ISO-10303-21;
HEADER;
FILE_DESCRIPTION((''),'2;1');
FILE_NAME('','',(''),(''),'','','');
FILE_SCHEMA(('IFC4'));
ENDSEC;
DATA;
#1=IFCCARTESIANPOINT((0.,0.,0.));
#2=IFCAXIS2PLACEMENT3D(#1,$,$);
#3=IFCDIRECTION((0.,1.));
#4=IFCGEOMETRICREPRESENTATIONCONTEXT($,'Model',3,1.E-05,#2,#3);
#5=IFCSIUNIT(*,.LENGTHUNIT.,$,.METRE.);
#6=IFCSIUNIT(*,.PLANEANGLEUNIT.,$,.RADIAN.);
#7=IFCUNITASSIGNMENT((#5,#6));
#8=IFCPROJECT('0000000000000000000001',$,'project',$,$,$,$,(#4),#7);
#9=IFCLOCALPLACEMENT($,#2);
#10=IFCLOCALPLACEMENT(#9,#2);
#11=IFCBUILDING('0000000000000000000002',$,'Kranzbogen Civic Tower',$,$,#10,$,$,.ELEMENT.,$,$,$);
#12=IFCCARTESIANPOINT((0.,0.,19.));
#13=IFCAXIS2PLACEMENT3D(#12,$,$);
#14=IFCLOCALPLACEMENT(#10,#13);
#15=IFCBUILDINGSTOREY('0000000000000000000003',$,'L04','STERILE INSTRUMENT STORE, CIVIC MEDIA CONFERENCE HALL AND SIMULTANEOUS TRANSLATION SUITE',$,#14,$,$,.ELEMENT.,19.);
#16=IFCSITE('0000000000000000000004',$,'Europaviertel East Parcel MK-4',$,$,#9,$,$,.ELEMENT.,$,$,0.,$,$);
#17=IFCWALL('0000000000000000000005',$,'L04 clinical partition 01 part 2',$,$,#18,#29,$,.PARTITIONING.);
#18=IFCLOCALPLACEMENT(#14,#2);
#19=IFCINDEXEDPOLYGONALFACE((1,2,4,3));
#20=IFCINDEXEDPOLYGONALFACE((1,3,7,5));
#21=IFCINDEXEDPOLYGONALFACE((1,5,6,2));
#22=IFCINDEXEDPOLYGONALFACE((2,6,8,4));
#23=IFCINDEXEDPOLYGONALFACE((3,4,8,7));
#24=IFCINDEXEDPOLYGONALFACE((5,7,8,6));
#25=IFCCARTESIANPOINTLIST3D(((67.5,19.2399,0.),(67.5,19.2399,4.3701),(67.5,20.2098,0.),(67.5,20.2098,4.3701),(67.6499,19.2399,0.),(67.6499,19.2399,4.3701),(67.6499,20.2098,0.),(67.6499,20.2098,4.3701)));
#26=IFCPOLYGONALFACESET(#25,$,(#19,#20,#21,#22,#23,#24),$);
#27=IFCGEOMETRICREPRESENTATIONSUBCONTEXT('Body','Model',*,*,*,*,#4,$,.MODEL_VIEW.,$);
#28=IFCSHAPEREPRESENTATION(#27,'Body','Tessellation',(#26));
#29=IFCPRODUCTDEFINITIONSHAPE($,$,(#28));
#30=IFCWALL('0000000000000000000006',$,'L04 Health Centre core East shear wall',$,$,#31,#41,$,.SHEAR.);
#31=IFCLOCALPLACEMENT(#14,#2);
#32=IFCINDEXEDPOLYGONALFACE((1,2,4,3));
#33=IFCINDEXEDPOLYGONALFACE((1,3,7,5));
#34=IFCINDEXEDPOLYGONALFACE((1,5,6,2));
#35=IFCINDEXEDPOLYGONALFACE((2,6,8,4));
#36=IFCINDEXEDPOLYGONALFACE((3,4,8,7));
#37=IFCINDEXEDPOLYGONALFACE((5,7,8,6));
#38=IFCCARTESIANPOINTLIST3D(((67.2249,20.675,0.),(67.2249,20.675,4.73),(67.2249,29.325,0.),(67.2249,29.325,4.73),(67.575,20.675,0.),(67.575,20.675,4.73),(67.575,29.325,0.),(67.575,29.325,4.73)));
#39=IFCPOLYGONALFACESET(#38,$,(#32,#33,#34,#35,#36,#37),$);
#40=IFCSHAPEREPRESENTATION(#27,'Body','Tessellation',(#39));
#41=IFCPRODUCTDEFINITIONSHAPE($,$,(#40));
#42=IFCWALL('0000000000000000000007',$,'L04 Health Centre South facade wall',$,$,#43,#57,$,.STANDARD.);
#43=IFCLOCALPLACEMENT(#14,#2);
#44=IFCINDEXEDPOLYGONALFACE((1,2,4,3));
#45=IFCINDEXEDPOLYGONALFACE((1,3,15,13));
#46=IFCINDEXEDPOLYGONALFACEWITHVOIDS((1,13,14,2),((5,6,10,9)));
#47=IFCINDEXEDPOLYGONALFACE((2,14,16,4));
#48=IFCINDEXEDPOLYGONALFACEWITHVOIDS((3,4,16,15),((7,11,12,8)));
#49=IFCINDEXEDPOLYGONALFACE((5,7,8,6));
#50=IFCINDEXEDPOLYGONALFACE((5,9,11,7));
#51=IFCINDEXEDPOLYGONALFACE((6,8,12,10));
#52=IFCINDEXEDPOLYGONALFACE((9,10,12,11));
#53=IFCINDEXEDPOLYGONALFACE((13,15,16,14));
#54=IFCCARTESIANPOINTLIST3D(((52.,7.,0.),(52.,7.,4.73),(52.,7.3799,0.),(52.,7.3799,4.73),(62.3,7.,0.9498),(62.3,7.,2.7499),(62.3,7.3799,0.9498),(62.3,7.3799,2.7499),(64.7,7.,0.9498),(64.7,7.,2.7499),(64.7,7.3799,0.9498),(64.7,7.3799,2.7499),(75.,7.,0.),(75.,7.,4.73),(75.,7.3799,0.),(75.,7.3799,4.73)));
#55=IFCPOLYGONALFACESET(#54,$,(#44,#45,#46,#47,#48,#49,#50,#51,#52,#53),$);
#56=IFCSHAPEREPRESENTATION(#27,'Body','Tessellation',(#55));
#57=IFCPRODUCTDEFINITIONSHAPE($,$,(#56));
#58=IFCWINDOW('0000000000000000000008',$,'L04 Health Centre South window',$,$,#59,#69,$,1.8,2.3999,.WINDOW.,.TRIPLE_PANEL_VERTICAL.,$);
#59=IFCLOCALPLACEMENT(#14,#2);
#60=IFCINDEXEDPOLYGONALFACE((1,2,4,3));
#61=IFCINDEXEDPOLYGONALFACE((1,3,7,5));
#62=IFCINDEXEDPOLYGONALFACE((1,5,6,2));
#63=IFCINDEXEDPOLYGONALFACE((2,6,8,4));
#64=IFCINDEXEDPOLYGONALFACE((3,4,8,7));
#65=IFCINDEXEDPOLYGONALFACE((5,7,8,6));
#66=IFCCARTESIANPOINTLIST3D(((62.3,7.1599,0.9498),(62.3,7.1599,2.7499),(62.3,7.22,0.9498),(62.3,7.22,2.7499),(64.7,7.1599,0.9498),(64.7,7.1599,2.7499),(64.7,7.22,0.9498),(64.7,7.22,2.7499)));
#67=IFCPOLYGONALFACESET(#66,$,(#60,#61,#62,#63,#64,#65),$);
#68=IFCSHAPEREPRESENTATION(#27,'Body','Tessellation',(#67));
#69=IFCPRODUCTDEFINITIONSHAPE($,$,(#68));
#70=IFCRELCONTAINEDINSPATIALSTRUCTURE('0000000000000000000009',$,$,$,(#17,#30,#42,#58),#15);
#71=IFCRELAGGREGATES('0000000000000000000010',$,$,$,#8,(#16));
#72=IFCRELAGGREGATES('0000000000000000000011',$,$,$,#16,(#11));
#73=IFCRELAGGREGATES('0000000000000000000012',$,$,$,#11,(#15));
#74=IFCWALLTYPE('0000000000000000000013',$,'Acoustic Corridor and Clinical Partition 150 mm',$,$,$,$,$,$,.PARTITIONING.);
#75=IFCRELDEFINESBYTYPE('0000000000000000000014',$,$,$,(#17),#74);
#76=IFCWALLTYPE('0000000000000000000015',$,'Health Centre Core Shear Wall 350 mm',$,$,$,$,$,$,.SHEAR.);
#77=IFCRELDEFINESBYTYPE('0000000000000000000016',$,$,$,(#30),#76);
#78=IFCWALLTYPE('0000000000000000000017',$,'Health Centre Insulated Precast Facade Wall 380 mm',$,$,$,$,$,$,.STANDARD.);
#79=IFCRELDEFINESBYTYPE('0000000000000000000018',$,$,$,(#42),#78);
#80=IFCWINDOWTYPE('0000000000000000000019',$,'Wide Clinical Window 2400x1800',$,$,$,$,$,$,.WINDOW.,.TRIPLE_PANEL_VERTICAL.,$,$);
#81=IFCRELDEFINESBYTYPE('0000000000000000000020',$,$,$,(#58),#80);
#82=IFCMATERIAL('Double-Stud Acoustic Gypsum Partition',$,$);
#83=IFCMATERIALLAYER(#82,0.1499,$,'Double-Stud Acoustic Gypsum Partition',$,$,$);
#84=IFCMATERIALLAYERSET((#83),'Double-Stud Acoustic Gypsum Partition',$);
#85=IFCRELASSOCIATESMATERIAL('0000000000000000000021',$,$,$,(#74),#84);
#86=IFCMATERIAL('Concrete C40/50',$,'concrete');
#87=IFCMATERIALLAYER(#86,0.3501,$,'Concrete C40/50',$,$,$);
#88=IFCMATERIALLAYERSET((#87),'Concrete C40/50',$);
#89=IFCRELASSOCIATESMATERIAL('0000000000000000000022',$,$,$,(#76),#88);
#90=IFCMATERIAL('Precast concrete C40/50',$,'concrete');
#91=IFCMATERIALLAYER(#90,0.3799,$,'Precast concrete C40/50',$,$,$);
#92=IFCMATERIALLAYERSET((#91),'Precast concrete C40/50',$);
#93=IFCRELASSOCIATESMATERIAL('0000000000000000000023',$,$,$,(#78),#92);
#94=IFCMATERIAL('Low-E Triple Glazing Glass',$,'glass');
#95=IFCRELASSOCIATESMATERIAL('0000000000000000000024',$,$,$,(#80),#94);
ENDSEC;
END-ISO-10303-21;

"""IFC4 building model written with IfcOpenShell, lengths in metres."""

from ifc_helpers import new_model, si_unit, direction, frame, frame_2d, origin, place, context, subcontext, project, spatial, rectangle, extrude, material, layer, layer_set, type_object, element, fill, save


model = new_model("IFC4")

# Units and contexts
model_context = context("Model", 3, precision=1e-05, world=origin(), true_north=direction((0.0, 1.0)))
body_context = subcontext(model_context, "Body", "Model", "MODEL_VIEW")
ifc_project = project(units=[si_unit("LENGTHUNIT", "METRE"), si_unit("PLANEANGLEUNIT", "RADIAN")], contexts=[model_context])

# Site, building, storey
site_placement = place(None, origin())
site = spatial("IfcSite", under=ifc_project, at=site_placement, Name="Europaviertel East Parcel MK-4", CompositionType="ELEMENT", RefElevation=0.0)
building_placement = place(site_placement, origin())
building = spatial("IfcBuilding", under=site, at=building_placement, Name="Kranzbogen Civic Tower", CompositionType="ELEMENT")
storey_placement = place(building_placement, frame((0.0, 0.0, 19.0)))
storey = spatial("IfcBuildingStorey", under=building, at=storey_placement, Name="L04", Description="STERILE INSTRUMENT STORE, CIVIC MEDIA CONFERENCE HALL AND SIMULTANEOUS TRANSLATION SUITE", CompositionType="ELEMENT", Elevation=19.0)

# Shared definitions
ifc_material_1 = material(Name="Concrete C40/50", Category="concrete")

# Walls
ifc_material_2 = material(Name="Double-Stud Acoustic Gypsum Partition")
ifc_layer_1 = layer(ifc_material_2, 0.1499, Name="Double-Stud Acoustic Gypsum Partition")
ifc_layer_set_1 = layer_set([ifc_layer_1], Name="Double-Stud Acoustic Gypsum Partition")
wall_type_1 = type_object("IfcWallType", Name="Acoustic Corridor and Clinical Partition 150 mm", PredefinedType="PARTITIONING", material=ifc_layer_set_1)
wall_1_placement = place(storey_placement, frame((67.575, 19.24, 0.0), z_axis=(0.0, 0.0, 1.0), x_axis=(0.0, 1.0, 0.0)))
element("IfcWall", 1, at=wall_1_placement, inside=storey, type_object=wall_type_1, Name="L04 clinical partition 01 part 2", PredefinedType="PARTITIONING", context=body_context, shape_type="SweptSolid", body=[
    extrude(rectangle(XDim=0.97, YDim=0.1499, at=frame_2d((0.4849, 0.0))), origin(), (0.0, 0.0, 1.0), 4.3701),
])
ifc_layer_2 = layer(ifc_material_1, 0.3501, Name="Concrete C40/50")
ifc_layer_set_2 = layer_set([ifc_layer_2], Name="Concrete C40/50")
wall_type_2 = type_object("IfcWallType", Name="Health Centre Core Shear Wall 350 mm", PredefinedType="SHEAR", material=ifc_layer_set_2)
wall_2_placement = place(storey_placement, frame((67.3999, 20.675, 0.0), z_axis=(0.0, 0.0, 1.0), x_axis=(0.0, 1.0, 0.0)))
element("IfcWall", 2, at=wall_2_placement, inside=storey, type_object=wall_type_2, Name="L04 Health Centre core East shear wall", PredefinedType="SHEAR", context=body_context, shape_type="SweptSolid", body=[
    extrude(rectangle(XDim=8.6499, YDim=0.3501, at=frame_2d((4.325, 0.0))), origin(), (0.0, 0.0, 1.0), 4.73),
])

# Wall, opening, window
ifc_material_3 = material(Name="Precast concrete C40/50", Category="concrete")
ifc_layer_3 = layer(ifc_material_3, 0.3799, Name="Precast concrete C40/50")
ifc_layer_set_3 = layer_set([ifc_layer_3], Name="Precast concrete C40/50")
wall_type_3 = type_object("IfcWallType", Name="Health Centre Insulated Precast Facade Wall 380 mm", PredefinedType="STANDARD", material=ifc_layer_set_3)
wall_3_placement = place(storey_placement, frame((75.0, 7.1899, 0.0), z_axis=(0.0, 0.0, 1.0), x_axis=(-1.0, 0.0, 0.0)))
wall_3 = element("IfcWall", 3, at=wall_3_placement, inside=storey, type_object=wall_type_3, Name="L04 Health Centre South facade wall", PredefinedType="STANDARD", context=body_context, shape_type="SweptSolid", body=[
    extrude(rectangle(XDim=23.0, YDim=0.3799, at=frame_2d((11.5, 0.0))), origin(), (0.0, 0.0, 1.0), 4.73),
])
opening_placement = place(wall_3_placement, frame((10.3, 0.0, 0.95)))
opening = element("IfcOpeningElement", 4, at=opening_placement, cuts=wall_3, PredefinedType="OPENING", context=body_context, shape_type="SweptSolid", body=[
    extrude(rectangle(XDim=2.3999, YDim=1.8, at=frame_2d((1.2, 0.8999))), frame((0.0, 0.2, 0.0), z_axis=(0.0, -1.0, 0.0), x_axis=(1.0, 0.0, 0.0)), (0.0, 0.0, 1.0), 0.3999),
])
ifc_material_4 = material(Name="Low-E Triple Glazing Glass", Category="glass")
window_type = type_object("IfcWindowType", Name="Wide Clinical Window 2400x1800", PartitioningType="TRIPLE_PANEL_VERTICAL", PredefinedType="WINDOW", material=ifc_material_4)
window_placement = place(opening_placement, origin())
window = element("IfcWindow", 5, at=window_placement, inside=storey, type_object=window_type, Name="L04 Health Centre South window", OverallHeight=1.8, OverallWidth=2.3999, PartitioningType="TRIPLE_PANEL_VERTICAL", PredefinedType="WINDOW", context=body_context, shape_type="SweptSolid", body=[
    extrude(rectangle(XDim=2.3999, YDim=1.8, at=frame_2d((1.2, 0.8999))), frame((0.0, 0.03, 0.0), z_axis=(0.0, -1.0, 0.0), x_axis=(1.0, 0.0, 0.0)), (0.0, 0.0, 1.0), 0.0601),
])
fill(opening, window)

save(model, "model.ifc")
